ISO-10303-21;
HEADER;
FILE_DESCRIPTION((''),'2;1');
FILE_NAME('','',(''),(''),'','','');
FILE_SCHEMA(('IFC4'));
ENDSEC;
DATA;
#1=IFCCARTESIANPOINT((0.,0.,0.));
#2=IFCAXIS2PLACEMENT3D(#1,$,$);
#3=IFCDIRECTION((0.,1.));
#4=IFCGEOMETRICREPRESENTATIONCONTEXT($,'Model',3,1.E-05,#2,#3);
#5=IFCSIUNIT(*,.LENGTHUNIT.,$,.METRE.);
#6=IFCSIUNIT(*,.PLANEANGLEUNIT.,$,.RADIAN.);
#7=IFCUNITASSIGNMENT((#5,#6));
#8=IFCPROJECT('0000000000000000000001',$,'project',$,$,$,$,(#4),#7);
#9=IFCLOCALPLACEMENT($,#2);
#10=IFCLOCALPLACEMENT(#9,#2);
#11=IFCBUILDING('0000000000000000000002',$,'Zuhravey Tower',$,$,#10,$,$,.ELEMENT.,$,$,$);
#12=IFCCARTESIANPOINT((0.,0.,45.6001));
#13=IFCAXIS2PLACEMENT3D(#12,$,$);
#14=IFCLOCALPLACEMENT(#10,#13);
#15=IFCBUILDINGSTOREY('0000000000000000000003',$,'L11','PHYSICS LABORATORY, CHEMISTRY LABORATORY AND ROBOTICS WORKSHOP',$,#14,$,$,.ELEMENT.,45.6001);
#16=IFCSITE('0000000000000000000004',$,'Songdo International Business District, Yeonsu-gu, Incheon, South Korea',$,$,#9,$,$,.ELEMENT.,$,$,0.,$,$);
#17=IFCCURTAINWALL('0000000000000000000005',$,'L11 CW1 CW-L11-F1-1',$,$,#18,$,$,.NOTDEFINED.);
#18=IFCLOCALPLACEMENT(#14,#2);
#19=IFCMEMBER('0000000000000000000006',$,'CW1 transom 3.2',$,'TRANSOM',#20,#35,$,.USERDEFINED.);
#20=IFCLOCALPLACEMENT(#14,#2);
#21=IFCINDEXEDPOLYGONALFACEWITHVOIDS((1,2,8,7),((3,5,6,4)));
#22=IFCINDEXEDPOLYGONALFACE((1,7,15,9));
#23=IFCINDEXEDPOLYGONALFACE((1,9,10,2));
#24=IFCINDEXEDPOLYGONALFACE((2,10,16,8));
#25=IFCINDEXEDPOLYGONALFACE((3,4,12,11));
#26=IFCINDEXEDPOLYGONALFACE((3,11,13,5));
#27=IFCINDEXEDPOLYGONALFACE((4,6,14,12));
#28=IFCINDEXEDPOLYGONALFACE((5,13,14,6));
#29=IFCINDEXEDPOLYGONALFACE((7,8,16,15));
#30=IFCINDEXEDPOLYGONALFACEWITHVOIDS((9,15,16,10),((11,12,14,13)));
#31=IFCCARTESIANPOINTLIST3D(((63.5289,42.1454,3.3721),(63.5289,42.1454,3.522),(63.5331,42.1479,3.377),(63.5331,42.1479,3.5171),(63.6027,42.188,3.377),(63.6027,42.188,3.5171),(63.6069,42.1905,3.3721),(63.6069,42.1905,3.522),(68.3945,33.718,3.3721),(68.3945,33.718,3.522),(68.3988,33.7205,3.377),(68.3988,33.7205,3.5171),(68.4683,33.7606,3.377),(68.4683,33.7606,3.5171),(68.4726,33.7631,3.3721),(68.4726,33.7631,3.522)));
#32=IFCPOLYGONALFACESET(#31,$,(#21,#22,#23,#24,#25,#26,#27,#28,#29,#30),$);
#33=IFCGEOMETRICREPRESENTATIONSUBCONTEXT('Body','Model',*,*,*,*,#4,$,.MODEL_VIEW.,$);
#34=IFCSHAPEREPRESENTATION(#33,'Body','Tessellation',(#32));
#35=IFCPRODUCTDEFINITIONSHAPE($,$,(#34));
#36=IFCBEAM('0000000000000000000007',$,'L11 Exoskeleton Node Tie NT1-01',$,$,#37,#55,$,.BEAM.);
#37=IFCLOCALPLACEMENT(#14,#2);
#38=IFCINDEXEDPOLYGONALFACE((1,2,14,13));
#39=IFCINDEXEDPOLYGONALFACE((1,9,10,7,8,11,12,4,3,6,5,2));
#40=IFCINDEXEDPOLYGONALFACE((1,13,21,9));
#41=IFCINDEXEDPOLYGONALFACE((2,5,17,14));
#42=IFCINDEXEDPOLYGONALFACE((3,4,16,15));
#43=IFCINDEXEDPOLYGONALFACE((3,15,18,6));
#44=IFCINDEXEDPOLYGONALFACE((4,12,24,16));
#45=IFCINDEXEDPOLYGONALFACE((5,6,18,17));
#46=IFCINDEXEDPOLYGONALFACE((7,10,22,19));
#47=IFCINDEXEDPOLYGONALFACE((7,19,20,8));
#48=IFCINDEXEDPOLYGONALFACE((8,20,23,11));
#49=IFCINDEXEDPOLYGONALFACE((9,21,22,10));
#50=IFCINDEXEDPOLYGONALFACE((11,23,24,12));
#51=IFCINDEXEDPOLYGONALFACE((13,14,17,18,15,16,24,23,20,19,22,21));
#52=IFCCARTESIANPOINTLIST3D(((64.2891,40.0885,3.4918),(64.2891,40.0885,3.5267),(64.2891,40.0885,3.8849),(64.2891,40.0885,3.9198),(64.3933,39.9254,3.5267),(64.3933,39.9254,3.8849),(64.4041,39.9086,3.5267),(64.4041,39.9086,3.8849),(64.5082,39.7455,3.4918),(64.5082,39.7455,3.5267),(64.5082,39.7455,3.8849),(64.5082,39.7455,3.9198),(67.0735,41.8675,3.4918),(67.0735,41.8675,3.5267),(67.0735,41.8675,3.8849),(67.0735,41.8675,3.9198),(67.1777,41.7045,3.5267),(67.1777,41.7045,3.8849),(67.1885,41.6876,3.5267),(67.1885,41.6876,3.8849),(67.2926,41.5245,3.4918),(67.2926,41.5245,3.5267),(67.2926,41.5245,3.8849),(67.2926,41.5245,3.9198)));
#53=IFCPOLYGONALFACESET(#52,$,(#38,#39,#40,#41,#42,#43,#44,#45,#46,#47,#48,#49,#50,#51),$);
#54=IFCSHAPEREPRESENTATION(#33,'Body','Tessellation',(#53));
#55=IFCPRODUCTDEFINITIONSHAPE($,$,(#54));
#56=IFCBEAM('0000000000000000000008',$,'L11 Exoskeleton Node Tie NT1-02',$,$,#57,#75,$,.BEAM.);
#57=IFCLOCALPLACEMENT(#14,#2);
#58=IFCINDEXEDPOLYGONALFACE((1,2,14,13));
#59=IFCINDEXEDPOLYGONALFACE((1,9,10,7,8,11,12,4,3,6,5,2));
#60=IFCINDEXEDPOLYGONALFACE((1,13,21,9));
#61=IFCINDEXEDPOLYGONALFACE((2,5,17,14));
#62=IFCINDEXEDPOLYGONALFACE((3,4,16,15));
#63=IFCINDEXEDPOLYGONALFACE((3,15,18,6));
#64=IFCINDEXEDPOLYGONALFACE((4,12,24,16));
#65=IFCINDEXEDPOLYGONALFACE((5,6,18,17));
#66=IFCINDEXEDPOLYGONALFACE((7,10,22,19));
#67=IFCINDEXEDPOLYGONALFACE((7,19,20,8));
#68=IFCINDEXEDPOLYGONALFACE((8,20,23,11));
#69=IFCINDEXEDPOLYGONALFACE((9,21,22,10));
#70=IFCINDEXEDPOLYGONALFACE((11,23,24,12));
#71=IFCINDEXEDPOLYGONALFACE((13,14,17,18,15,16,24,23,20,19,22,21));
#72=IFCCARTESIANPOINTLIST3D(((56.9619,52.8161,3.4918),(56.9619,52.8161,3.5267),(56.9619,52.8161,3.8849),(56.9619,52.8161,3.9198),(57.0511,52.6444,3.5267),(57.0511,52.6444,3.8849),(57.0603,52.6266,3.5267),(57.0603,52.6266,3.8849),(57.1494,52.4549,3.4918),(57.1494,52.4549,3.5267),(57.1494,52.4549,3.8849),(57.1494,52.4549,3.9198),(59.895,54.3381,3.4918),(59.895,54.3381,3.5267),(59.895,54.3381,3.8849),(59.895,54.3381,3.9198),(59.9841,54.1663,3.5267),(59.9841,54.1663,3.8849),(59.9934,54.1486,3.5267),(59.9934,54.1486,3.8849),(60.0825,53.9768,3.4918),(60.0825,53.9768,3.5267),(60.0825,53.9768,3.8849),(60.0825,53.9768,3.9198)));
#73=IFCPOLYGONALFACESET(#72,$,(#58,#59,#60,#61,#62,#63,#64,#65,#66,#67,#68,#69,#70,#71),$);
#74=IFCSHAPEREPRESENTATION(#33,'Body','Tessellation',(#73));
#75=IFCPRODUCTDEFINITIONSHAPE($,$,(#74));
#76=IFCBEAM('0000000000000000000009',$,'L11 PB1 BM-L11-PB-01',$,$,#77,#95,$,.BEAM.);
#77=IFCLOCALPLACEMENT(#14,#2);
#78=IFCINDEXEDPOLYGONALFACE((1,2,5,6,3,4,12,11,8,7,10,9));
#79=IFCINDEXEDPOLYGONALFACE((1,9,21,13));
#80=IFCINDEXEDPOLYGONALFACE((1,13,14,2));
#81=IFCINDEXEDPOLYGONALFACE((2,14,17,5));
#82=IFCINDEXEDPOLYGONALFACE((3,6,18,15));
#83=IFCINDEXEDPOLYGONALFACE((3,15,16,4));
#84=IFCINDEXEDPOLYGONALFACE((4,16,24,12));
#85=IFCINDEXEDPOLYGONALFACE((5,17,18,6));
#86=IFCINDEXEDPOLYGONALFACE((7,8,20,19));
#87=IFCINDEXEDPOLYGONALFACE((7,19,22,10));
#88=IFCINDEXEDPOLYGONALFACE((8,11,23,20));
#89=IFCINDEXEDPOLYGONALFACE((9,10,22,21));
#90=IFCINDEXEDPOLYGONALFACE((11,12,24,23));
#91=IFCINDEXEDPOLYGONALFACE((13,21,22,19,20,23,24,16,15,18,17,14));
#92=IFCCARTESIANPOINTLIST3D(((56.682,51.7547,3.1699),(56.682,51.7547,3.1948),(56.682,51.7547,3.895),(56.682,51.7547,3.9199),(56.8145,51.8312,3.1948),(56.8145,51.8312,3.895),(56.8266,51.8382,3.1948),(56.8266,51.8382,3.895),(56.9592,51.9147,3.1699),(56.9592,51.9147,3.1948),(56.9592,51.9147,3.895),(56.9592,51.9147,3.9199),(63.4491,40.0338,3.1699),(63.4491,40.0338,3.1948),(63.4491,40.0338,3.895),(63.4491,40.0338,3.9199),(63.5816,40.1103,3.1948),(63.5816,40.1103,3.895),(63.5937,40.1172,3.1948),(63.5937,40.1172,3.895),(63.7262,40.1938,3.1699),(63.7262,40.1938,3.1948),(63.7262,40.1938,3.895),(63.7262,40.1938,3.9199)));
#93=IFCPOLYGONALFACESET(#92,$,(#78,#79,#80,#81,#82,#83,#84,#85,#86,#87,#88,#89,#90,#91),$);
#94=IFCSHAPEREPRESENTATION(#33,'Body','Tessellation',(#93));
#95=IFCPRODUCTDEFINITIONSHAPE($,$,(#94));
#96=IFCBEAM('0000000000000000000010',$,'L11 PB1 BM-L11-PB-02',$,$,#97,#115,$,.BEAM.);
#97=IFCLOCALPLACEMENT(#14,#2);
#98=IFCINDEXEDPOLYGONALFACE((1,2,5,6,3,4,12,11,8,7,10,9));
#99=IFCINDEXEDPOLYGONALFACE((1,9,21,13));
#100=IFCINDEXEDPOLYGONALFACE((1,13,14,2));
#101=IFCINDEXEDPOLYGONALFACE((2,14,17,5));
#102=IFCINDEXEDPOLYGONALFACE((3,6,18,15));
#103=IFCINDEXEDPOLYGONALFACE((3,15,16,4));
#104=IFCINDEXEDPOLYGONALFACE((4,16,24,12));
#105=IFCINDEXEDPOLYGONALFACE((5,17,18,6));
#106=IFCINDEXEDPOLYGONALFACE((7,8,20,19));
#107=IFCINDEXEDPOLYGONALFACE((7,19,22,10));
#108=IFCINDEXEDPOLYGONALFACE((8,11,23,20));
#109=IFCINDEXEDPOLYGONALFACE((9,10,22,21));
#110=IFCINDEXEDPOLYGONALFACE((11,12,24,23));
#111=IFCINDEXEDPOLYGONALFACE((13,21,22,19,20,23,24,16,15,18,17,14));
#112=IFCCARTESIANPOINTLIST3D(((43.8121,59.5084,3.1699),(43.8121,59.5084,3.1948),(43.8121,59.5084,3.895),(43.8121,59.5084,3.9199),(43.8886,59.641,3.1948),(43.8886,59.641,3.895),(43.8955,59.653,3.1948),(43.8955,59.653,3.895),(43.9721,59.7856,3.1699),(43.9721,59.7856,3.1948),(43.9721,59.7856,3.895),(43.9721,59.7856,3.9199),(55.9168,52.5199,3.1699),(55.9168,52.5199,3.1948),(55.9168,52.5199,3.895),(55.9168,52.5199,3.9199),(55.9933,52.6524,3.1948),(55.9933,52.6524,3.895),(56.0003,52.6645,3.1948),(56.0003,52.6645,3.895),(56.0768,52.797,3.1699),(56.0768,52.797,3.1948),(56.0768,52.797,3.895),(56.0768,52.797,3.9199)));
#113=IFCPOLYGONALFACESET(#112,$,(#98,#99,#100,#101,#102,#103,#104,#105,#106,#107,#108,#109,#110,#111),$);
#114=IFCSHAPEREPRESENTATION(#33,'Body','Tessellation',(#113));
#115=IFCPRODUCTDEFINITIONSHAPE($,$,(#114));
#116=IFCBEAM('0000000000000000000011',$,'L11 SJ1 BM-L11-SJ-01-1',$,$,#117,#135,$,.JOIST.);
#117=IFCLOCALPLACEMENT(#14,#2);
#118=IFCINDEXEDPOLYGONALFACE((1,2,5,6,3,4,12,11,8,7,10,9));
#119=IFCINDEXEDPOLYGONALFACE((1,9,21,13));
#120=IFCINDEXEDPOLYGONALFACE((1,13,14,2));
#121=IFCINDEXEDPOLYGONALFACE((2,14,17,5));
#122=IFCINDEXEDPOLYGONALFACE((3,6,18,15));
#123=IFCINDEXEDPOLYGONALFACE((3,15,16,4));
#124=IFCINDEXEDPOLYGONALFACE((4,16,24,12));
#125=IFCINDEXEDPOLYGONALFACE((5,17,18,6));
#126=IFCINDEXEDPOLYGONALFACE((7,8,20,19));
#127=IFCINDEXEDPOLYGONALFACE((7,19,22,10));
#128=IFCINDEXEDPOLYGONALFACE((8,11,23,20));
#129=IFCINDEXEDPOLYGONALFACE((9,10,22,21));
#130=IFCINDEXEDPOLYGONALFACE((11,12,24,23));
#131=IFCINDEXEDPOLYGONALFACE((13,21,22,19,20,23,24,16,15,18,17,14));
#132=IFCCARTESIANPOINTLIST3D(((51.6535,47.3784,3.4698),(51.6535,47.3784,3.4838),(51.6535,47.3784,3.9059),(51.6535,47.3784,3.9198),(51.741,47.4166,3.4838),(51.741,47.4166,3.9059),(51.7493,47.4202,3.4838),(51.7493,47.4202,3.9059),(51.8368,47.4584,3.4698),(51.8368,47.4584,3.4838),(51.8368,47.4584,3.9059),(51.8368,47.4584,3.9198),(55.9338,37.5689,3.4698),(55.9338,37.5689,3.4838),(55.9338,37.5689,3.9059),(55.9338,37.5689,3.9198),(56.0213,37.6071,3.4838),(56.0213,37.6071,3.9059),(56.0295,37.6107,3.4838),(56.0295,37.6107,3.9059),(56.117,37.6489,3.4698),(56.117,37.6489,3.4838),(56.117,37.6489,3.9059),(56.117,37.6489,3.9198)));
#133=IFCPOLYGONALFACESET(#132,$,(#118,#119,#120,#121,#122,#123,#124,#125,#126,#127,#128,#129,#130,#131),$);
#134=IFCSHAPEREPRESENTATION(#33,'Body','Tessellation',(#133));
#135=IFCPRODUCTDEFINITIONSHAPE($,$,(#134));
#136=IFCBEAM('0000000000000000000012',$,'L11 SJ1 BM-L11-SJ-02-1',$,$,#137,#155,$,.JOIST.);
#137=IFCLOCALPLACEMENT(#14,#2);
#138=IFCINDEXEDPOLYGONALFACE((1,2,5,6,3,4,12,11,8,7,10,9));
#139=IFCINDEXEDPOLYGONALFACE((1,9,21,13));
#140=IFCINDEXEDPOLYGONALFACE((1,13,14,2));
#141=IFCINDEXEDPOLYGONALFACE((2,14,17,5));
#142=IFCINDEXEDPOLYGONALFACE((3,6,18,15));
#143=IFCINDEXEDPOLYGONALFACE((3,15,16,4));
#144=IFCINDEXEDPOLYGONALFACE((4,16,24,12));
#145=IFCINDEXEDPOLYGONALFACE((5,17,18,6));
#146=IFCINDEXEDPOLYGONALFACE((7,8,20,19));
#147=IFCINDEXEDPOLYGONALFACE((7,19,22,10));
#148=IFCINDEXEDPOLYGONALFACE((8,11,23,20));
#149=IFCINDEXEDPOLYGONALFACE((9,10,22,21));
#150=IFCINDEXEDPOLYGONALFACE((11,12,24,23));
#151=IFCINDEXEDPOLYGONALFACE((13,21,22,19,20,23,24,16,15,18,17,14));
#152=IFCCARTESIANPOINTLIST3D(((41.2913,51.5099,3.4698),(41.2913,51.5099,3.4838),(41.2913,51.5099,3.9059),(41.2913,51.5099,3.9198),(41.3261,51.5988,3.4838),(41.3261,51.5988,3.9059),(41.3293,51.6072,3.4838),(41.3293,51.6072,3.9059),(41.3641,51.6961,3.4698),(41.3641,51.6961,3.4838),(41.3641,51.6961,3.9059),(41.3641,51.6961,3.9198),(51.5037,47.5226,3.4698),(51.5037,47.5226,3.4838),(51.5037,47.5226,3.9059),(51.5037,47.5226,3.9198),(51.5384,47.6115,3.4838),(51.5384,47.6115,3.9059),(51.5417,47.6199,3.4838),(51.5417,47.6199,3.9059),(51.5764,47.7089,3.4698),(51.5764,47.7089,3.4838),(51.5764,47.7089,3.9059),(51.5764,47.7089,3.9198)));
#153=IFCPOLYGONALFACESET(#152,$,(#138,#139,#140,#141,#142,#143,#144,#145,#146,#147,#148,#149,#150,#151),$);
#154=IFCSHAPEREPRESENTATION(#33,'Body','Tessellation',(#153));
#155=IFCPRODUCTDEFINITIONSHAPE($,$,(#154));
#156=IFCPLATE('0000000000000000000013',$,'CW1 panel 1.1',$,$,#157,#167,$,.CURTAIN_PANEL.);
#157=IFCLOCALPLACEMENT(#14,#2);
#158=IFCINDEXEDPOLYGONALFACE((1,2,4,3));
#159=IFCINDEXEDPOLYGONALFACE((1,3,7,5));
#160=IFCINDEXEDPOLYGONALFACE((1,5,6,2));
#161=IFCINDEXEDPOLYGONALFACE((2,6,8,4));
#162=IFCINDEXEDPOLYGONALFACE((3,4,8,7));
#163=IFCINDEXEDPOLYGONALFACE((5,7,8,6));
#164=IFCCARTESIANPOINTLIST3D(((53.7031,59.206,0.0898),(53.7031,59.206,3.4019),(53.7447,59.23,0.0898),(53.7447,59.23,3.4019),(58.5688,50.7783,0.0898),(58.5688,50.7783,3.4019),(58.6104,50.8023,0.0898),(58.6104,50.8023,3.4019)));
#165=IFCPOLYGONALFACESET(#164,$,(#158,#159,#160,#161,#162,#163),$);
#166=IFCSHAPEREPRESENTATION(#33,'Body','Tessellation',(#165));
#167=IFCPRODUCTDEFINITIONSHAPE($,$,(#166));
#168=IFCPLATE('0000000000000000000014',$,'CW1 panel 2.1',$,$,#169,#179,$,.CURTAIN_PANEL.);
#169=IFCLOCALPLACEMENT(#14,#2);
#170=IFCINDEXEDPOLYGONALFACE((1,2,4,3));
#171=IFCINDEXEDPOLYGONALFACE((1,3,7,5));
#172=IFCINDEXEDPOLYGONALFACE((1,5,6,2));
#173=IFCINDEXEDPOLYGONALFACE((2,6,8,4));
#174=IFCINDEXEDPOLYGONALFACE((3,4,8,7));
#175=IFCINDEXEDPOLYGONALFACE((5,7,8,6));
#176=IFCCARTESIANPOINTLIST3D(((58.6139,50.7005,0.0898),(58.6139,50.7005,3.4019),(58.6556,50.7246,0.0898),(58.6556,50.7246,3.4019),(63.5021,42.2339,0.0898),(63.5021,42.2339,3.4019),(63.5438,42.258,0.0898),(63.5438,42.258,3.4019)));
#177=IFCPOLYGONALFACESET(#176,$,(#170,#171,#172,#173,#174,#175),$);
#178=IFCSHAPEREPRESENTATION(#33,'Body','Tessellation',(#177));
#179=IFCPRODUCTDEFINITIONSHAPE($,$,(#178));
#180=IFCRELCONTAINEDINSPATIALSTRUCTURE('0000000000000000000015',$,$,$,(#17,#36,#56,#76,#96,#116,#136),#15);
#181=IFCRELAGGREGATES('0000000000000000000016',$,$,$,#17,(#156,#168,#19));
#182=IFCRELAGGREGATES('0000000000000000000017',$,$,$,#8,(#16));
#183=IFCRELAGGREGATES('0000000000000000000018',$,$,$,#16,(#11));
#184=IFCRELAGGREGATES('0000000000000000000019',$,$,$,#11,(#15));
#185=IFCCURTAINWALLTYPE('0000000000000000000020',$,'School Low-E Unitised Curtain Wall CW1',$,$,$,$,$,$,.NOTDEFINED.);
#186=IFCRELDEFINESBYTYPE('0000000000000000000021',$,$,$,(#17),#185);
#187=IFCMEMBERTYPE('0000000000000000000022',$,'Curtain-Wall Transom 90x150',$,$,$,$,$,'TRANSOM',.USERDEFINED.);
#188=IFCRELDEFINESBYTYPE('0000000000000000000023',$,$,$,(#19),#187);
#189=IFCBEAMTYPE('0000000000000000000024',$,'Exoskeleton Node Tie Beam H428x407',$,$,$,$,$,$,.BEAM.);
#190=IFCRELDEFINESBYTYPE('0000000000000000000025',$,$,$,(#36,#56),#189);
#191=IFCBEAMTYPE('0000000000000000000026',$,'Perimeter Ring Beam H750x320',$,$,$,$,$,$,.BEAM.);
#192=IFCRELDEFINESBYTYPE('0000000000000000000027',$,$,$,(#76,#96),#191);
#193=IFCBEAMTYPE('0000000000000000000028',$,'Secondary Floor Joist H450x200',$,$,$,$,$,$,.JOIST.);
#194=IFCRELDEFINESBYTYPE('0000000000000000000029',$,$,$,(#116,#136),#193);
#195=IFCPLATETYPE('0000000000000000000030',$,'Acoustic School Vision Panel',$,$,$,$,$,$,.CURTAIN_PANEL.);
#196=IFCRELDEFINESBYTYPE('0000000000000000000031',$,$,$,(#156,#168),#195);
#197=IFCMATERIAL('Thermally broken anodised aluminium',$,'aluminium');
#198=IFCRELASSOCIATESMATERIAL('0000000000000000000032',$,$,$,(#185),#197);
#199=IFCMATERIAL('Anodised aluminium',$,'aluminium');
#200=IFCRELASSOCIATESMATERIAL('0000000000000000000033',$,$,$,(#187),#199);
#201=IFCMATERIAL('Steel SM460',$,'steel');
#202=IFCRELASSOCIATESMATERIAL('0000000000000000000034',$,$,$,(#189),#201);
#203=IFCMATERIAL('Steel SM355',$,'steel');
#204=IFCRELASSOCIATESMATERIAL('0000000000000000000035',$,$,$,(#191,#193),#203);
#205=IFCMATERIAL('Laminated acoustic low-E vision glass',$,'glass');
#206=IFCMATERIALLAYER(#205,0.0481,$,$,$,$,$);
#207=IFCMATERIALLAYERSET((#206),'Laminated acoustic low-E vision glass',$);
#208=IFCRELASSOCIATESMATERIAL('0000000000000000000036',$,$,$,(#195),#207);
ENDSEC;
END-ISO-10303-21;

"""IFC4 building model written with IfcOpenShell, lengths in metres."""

from ifc_helpers import new_model, si_unit, direction, frame, origin, origin_2d, place, context, subcontext, project, spatial, rectangle, hollow_rectangle, i_section, extrude, material, layer, layer_set, material_profile, profile_set, type_object, element, aggregate, save


model = new_model("IFC4")

# Units and contexts
model_context = context("Model", 3, precision=1e-05, world=origin(), true_north=direction((0.0, 1.0)))
body_context = subcontext(model_context, "Body", "Model", "MODEL_VIEW")
ifc_project = project(units=[si_unit("LENGTHUNIT", "METRE"), si_unit("PLANEANGLEUNIT", "RADIAN")], contexts=[model_context])

# Site, building, storey
site_placement = place(None, origin())
site = spatial("IfcSite", under=ifc_project, at=site_placement, Name="Songdo International Business District, Yeonsu-gu, Incheon, South Korea", CompositionType="ELEMENT", RefElevation=0.0)
building_placement = place(site_placement, origin())
building = spatial("IfcBuilding", under=site, at=building_placement, Name="Zuhravey Tower", CompositionType="ELEMENT")
storey_placement = place(building_placement, frame((0.0, 0.0, 45.6001)))
storey = spatial("IfcBuildingStorey", under=building, at=storey_placement, Name="L11", Description="PHYSICS LABORATORY, CHEMISTRY LABORATORY AND ROBOTICS WORKSHOP", CompositionType="ELEMENT", Elevation=45.6001)

# Shared definitions
ifc_material_1 = material(Name="Thermally broken anodised aluminium", Category="aluminium")
curtain_wall_type = type_object("IfcCurtainWallType", Name="School Low-E Unitised Curtain Wall CW1", PredefinedType="NOTDEFINED", material=ifc_material_1)
ifc_material_2 = material(Name="Anodised aluminium", Category="aluminium")

# Curtain wall, member
curtain_wall_1_placement = place(storey_placement, origin())
curtain_wall_1 = element("IfcCurtainWall", 1, at=curtain_wall_1_placement, inside=storey, type_object=curtain_wall_type, Name="L11 CW1 CW-L11-F1-1", PredefinedType="NOTDEFINED")
ifc_material_profile_1 = material_profile(ifc_material_2, hollow_rectangle(XDim=0.0901, YDim=0.1499, WallThickness=0.0049, at=origin_2d()), Name="ALU-RHS-90x150x5")
ifc_profile_set_1 = profile_set([ifc_material_profile_1], Name="Anodised aluminium")
member_type_1 = type_object("IfcMemberType", Name="Curtain-Wall Transom 90x150", ElementType="TRANSOM", PredefinedType="USERDEFINED", material=ifc_profile_set_1)
member_1_placement = place(storey_placement, frame((63.5679, 42.168, 3.447), z_axis=(0.500008, -0.866021, 0.0), x_axis=(0.866021, 0.500008, 0.0)))
member_1 = element("IfcMember", 2, at=member_1_placement, type_object=member_type_1, Name="CW1 transom 3.2", ObjectType="TRANSOM", PredefinedType="USERDEFINED", context=body_context, shape_type="SweptSolid", body=[
    extrude(hollow_rectangle(XDim=0.0901, YDim=0.1499, WallThickness=0.0049, at=origin_2d()), origin(), (0.0, 0.0, 1.0), 9.7312),
])

# Beams
ifc_material_3 = material(Name="Steel SM460", Category="steel")
ifc_material_profile_2 = material_profile(ifc_material_3, i_section(OverallWidth=0.407, OverallDepth=0.428, WebThickness=0.02, FlangeThickness=0.0349, at=origin_2d()), Name="H-428x407x20x35")
ifc_profile_set_2 = profile_set([ifc_material_profile_2], Name="Steel SM460")
beam_type_1 = type_object("IfcBeamType", Name="Exoskeleton Node Tie Beam H428x407", PredefinedType="BEAM", material=ifc_profile_set_2)
beam_1_placement = place(storey_placement, frame((64.3987, 39.917, 3.7058), z_axis=(0.84268, 0.538414, 0.0), x_axis=(-0.538414, 0.84268, 0.0)))
element("IfcBeam", 3, at=beam_1_placement, inside=storey, type_object=beam_type_1, Name="L11 Exoskeleton Node Tie NT1-01", PredefinedType="BEAM", context=body_context, shape_type="SweptSolid", body=[
    extrude(i_section(OverallWidth=0.407, OverallDepth=0.428, WebThickness=0.02, FlangeThickness=0.0349, at=origin_2d()), origin(), (0.0, 0.0, 1.0), 3.3042),
])
beam_2_placement = place(storey_placement, frame((57.0557, 52.6355, 3.7058), z_axis=(0.887618, 0.46058, 0.0), x_axis=(-0.46058, 0.887618, 0.0)))
element("IfcBeam", 4, at=beam_2_placement, inside=storey, type_object=beam_type_1, Name="L11 Exoskeleton Node Tie NT1-02", PredefinedType="BEAM", context=body_context, shape_type="SweptSolid", body=[
    extrude(i_section(OverallWidth=0.407, OverallDepth=0.428, WebThickness=0.02, FlangeThickness=0.0349, at=origin_2d()), origin(), (0.0, 0.0, 1.0), 3.3044),
])
ifc_material_4 = material(Name="Steel SM355", Category="steel")
ifc_material_profile_3 = material_profile(ifc_material_4, i_section(OverallWidth=0.3201, OverallDepth=0.75, WebThickness=0.0139, FlangeThickness=0.0249, at=origin_2d()), Name="H-750x320x14x25")
ifc_profile_set_3 = profile_set([ifc_material_profile_3], Name="Steel SM355")
beam_type_2 = type_object("IfcBeamType", Name="Perimeter Ring Beam H750x320", PredefinedType="BEAM", material=ifc_profile_set_3)
beam_3_placement = place(storey_placement, frame((63.5876, 40.1138, 3.5449), z_axis=(-0.5, 0.866025, 0.0), x_axis=(-0.866025, -0.5, 0.0)))
element("IfcBeam", 5, at=beam_3_placement, inside=storey, type_object=beam_type_2, Name="L11 PB1 BM-L11-PB-01", PredefinedType="BEAM", context=body_context, shape_type="SweptSolid", body=[
    extrude(i_section(OverallWidth=0.3201, OverallDepth=0.75, WebThickness=0.0139, FlangeThickness=0.0249, at=origin_2d()), origin(), (0.0, 0.0, 1.0), 13.5342),
])
beam_4_placement = place(storey_placement, frame((55.9968, 52.6584, 3.5449), z_axis=(-0.86603, 0.499992, 0.0), x_axis=(-0.499992, -0.86603, 0.0)))
element("IfcBeam", 6, at=beam_4_placement, inside=storey, type_object=beam_type_2, Name="L11 PB1 BM-L11-PB-02", PredefinedType="BEAM", context=body_context, shape_type="SweptSolid", body=[
    extrude(i_section(OverallWidth=0.3201, OverallDepth=0.75, WebThickness=0.0139, FlangeThickness=0.0249, at=origin_2d()), origin(), (0.0, 0.0, 1.0), 13.9773),
])
ifc_material_profile_4 = material_profile(ifc_material_4, i_section(OverallWidth=0.2, OverallDepth=0.45, WebThickness=0.009, FlangeThickness=0.0139, at=origin_2d()), Name="H-450x200x9x14")
ifc_profile_set_4 = profile_set([ifc_material_profile_4], Name="Steel SM355")
beam_type_3 = type_object("IfcBeamType", Name="Secondary Floor Joist H450x200", PredefinedType="JOIST", material=ifc_profile_set_4)
beam_5_placement = place(storey_placement, frame((56.0254, 37.6089, 3.6948), z_axis=(-0.399924, 0.916549, 0.0), x_axis=(-0.916549, -0.399924, 0.0)))
element("IfcBeam", 7, at=beam_5_placement, inside=storey, type_object=beam_type_3, Name="L11 SJ1 BM-L11-SJ-01-1", PredefinedType="JOIST", context=body_context, shape_type="SweptSolid", body=[
    extrude(i_section(OverallWidth=0.2, OverallDepth=0.45, WebThickness=0.009, FlangeThickness=0.0139, at=origin_2d()), origin(), (0.0, 0.0, 1.0), 10.7026),
])
beam_6_placement = place(storey_placement, frame((51.54, 47.6157, 3.6948), z_axis=(-0.931517, 0.363699, 0.0), x_axis=(-0.363699, -0.931517, 0.0)))
element("IfcBeam", 8, at=beam_6_placement, inside=storey, type_object=beam_type_3, Name="L11 SJ1 BM-L11-SJ-02-1", PredefinedType="JOIST", context=body_context, shape_type="SweptSolid", body=[
    extrude(i_section(OverallWidth=0.2, OverallDepth=0.45, WebThickness=0.009, FlangeThickness=0.0139, at=origin_2d()), origin(), (0.0, 0.0, 1.0), 10.9631),
])

# Plates
ifc_material_5 = material(Name="Laminated acoustic low-E vision glass", Category="glass")
ifc_layer_1 = layer(ifc_material_5, 0.0481)
ifc_layer_set_1 = layer_set([ifc_layer_1], Name="Laminated acoustic low-E vision glass")
plate_type = type_object("IfcPlateType", Name="Acoustic School Vision Panel", PredefinedType="CURTAIN_PANEL", material=ifc_layer_set_1)
plate_1_placement = place(storey_placement, frame((56.1567, 55.0042, 0.0898), z_axis=(0.0, 0.0, 1.0), x_axis=(0.5, -0.866026, 0.0)))
plate_1 = element("IfcPlate", 9, at=plate_1_placement, type_object=plate_type, Name="CW1 panel 1.1", PredefinedType="CURTAIN_PANEL", context=body_context, shape_type="SweptSolid", body=[
    extrude(rectangle(XDim=9.7314, YDim=0.0481, at=origin_2d()), origin(), (0.0, 0.0, 1.0), 3.312),
])
plate_2_placement = place(storey_placement, frame((61.0789, 46.4792, 0.0898), z_axis=(0.0, 0.0, 1.0), x_axis=(0.5, -0.866026, 0.0)))
plate_2 = element("IfcPlate", 10, at=plate_2_placement, type_object=plate_type, Name="CW1 panel 2.1", PredefinedType="CURTAIN_PANEL", context=body_context, shape_type="SweptSolid", body=[
    extrude(rectangle(XDim=9.7764, YDim=0.0481, at=origin_2d()), origin(), (0.0, 0.0, 1.0), 3.312),
])
aggregate(curtain_wall_1, [plate_1, plate_2, member_1])

save(model, "model.ifc")
